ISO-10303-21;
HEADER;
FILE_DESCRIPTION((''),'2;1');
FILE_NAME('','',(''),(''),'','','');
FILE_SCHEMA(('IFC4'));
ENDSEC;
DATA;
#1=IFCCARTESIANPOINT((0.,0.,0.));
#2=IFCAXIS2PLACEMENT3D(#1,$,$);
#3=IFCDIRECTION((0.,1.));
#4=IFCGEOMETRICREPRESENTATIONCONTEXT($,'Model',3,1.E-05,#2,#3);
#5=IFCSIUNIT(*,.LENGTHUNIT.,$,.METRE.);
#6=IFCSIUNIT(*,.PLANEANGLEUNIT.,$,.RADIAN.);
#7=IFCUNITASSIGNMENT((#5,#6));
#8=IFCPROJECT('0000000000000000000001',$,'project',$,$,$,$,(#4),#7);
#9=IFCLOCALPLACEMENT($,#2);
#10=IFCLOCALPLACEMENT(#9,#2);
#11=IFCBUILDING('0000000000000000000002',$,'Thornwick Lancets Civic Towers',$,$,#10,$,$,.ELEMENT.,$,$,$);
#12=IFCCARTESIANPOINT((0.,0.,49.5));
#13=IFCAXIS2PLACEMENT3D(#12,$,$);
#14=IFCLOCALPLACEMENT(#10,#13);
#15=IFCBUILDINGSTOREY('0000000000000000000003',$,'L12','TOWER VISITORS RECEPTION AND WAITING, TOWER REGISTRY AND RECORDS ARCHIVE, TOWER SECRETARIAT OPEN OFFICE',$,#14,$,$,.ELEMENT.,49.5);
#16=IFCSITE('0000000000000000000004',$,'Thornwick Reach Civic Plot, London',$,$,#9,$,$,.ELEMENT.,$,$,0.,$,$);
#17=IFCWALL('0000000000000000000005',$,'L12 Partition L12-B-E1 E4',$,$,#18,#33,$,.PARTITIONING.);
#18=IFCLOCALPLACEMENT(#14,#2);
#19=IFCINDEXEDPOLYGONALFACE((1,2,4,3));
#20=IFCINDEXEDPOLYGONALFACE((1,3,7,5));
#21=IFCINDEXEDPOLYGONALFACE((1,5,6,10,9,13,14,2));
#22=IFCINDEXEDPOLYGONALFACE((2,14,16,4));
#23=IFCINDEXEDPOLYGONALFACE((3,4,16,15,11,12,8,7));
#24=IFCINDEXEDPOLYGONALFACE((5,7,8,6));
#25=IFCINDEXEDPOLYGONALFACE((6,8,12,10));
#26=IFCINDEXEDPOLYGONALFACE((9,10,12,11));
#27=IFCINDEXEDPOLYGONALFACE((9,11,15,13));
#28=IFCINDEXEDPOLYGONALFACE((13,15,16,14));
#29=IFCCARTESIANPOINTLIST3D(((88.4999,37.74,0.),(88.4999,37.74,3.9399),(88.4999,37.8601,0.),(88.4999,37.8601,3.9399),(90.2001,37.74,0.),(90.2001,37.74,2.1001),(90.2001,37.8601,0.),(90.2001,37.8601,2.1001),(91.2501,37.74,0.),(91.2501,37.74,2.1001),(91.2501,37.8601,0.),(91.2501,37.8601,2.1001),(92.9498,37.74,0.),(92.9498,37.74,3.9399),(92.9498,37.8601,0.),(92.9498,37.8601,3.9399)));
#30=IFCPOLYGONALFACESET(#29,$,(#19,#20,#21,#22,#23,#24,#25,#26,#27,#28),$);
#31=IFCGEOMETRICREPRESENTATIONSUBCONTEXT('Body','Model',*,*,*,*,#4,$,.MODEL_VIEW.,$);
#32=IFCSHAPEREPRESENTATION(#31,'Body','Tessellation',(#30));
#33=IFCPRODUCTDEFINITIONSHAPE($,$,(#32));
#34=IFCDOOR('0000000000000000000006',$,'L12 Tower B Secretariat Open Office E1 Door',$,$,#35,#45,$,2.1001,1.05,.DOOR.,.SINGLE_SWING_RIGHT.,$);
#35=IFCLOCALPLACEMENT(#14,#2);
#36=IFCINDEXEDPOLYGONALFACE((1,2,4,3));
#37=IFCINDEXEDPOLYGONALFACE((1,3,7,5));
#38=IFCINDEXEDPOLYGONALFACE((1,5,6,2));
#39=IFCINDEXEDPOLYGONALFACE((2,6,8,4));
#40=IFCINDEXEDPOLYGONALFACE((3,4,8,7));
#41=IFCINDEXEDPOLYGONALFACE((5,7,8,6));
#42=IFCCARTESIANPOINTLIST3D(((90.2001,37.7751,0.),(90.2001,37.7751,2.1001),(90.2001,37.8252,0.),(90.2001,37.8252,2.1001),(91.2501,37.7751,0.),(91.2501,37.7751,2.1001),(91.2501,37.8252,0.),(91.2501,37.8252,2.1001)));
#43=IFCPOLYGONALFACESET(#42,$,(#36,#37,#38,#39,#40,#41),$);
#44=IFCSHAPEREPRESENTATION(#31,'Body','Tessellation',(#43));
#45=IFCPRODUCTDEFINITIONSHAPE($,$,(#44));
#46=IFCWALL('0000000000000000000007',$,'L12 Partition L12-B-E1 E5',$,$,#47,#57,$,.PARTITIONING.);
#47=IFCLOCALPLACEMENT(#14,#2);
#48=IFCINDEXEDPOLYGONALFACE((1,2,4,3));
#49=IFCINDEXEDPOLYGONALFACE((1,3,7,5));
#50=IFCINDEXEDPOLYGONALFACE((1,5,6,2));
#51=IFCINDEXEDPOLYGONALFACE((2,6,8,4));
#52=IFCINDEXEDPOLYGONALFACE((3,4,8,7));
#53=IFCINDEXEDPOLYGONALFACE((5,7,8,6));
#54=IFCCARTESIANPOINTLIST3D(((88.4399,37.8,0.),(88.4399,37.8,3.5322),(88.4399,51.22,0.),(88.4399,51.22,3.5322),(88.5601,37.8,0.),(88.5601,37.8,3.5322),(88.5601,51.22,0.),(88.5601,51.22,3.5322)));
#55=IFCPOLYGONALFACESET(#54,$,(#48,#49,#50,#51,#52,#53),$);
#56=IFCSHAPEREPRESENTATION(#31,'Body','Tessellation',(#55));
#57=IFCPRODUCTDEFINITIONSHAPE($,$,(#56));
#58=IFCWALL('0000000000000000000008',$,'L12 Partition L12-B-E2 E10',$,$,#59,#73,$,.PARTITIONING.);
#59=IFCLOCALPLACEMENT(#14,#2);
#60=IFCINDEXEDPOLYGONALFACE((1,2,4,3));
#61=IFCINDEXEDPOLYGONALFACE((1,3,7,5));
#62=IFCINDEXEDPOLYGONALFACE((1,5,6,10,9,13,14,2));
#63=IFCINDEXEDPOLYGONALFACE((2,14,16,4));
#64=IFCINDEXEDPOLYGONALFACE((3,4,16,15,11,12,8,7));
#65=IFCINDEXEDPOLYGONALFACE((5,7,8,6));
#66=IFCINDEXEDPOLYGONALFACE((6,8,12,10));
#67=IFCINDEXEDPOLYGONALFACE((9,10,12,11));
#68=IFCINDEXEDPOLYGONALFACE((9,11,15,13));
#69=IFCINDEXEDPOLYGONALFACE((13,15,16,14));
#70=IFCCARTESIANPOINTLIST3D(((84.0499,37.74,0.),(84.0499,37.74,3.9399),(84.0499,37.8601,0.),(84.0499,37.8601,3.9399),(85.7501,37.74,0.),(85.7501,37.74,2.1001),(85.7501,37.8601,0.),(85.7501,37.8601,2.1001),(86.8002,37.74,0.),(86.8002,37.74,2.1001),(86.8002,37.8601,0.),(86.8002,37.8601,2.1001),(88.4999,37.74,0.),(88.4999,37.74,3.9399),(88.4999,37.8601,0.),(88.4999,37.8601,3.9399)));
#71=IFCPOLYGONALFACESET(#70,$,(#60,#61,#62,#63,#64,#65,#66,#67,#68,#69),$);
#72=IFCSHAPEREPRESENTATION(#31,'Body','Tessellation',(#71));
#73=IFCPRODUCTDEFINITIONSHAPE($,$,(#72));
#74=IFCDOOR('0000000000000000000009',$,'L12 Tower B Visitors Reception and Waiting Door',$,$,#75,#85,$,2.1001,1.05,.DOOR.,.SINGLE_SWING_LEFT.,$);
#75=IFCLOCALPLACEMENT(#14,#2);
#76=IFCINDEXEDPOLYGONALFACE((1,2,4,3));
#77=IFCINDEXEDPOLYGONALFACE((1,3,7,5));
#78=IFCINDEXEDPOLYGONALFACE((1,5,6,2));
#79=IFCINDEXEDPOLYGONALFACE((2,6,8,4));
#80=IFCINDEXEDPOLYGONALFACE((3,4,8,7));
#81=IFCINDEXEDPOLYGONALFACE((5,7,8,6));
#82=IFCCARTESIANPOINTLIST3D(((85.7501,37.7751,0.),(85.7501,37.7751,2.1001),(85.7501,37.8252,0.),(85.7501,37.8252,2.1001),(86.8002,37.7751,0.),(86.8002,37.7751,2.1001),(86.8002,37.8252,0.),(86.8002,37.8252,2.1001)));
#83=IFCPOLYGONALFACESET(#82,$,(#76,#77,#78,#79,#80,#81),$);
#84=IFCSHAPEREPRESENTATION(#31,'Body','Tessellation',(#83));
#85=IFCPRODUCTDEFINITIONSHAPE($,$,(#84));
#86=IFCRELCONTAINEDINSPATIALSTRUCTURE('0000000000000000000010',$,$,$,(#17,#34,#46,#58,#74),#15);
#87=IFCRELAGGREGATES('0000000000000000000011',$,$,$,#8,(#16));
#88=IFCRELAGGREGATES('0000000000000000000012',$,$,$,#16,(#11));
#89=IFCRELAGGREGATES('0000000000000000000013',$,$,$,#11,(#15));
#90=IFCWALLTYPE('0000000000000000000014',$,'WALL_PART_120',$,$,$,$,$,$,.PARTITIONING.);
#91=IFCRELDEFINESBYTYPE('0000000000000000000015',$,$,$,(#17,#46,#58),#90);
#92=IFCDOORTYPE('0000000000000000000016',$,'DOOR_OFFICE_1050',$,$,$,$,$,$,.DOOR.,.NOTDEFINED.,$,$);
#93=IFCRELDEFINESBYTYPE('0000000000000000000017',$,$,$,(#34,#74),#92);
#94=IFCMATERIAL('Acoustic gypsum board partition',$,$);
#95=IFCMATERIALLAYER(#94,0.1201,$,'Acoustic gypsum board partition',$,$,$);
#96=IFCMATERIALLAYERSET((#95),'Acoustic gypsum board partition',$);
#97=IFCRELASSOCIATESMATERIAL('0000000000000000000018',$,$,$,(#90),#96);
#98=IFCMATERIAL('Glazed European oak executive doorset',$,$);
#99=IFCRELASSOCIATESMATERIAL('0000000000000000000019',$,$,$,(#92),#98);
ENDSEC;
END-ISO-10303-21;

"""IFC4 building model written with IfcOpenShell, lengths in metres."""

from ifc_helpers import new_model, si_unit, direction, frame, frame_2d, origin, place, context, subcontext, project, spatial, rectangle, extrude, material, layer, layer_set, type_object, element, fill, save


model = new_model("IFC4")

# Units and contexts
model_context = context("Model", 3, precision=1e-05, world=origin(), true_north=direction((0.0, 1.0)))
body_context = subcontext(model_context, "Body", "Model", "MODEL_VIEW")
ifc_project = project(units=[si_unit("LENGTHUNIT", "METRE"), si_unit("PLANEANGLEUNIT", "RADIAN")], contexts=[model_context])

# Site, building, storey
site_placement = place(None, origin())
site = spatial("IfcSite", under=ifc_project, at=site_placement, Name="Thornwick Reach Civic Plot, London", CompositionType="ELEMENT", RefElevation=0.0)
building_placement = place(site_placement, origin())
building = spatial("IfcBuilding", under=site, at=building_placement, Name="Thornwick Lancets Civic Towers", CompositionType="ELEMENT")
storey_placement = place(building_placement, frame((0.0, 0.0, 49.5)))
storey = spatial("IfcBuildingStorey", under=building, at=storey_placement, Name="L12", Description="TOWER VISITORS RECEPTION AND WAITING, TOWER REGISTRY AND RECORDS ARCHIVE, TOWER SECRETARIAT OPEN OFFICE", CompositionType="ELEMENT", Elevation=49.5)

# Shared definitions
ifc_material_1 = material(Name="Acoustic gypsum board partition")
ifc_layer_1 = layer(ifc_material_1, 0.1201, Name="Acoustic gypsum board partition")
ifc_layer_set_1 = layer_set([ifc_layer_1], Name="Acoustic gypsum board partition")
wall_type_1 = type_object("IfcWallType", Name="WALL_PART_120", PredefinedType="PARTITIONING", material=ifc_layer_set_1)

# Wall, opening, door
wall_1_placement = place(storey_placement, frame((92.95, 37.8, 0.0), z_axis=(0.0, 0.0, 1.0), x_axis=(-1.0, 0.0, 0.0)))
wall_1 = element("IfcWall", 1, at=wall_1_placement, inside=storey, type_object=wall_type_1, Name="L12 Partition L12-B-E1 E4", PredefinedType="PARTITIONING", context=body_context, shape_type="SweptSolid", body=[
    extrude(rectangle(XDim=4.45, YDim=0.1201, at=frame_2d((2.2251, 0.0))), origin(), (0.0, 0.0, 1.0), 3.9399),
])
opening_1_placement = place(wall_1_placement, frame((1.7, 0.0, 0.0)))
opening_1 = element("IfcOpeningElement", 2, at=opening_1_placement, cuts=wall_1, PredefinedType="OPENING", context=body_context, shape_type="SweptSolid", body=[
    extrude(rectangle(XDim=1.05, YDim=2.1001, at=frame_2d((0.5249, 1.05))), frame((0.0, 0.0701, 0.0), z_axis=(0.0, -1.0, 0.0), x_axis=(1.0, 0.0, 0.0)), (0.0, 0.0, 1.0), 0.1401),
])
ifc_material_2 = material(Name="Glazed European oak executive doorset")
door_type_1 = type_object("IfcDoorType", Name="DOOR_OFFICE_1050", OperationType="NOTDEFINED", PredefinedType="DOOR", material=ifc_material_2)
door_1_placement = place(opening_1_placement, origin())
door_1 = element("IfcDoor", 3, at=door_1_placement, inside=storey, type_object=door_type_1, Name="L12 Tower B Secretariat Open Office E1 Door", OperationType="SINGLE_SWING_RIGHT", OverallHeight=2.1001, OverallWidth=1.05, PredefinedType="DOOR", context=body_context, shape_type="SweptSolid", body=[
    extrude(rectangle(XDim=1.05, YDim=2.1001, at=frame_2d((0.5249, 1.05))), frame((0.0, 0.0249, 0.0), z_axis=(0.0, -1.0, 0.0), x_axis=(1.0, 0.0, 0.0)), (0.0, 0.0, 1.0), 0.05),
])
fill(opening_1, door_1)

# Wall
wall_2_placement = place(storey_placement, frame((88.5, 37.8, 0.0), z_axis=(0.0, 0.0, 1.0), x_axis=(0.0, 1.0, 0.0)))
element("IfcWall", 4, at=wall_2_placement, inside=storey, type_object=wall_type_1, Name="L12 Partition L12-B-E1 E5", PredefinedType="PARTITIONING", context=body_context, shape_type="SweptSolid", body=[
    extrude(rectangle(XDim=13.4199, YDim=0.1201, at=frame_2d((6.71, 0.0))), origin(), (0.0, 0.0, 1.0), 3.5322),
])

# Wall, opening, door
wall_3_placement = place(storey_placement, frame((88.5, 37.8, 0.0), z_axis=(0.0, 0.0, 1.0), x_axis=(-1.0, 0.0, 0.0)))
wall_3 = element("IfcWall", 5, at=wall_3_placement, inside=storey, type_object=wall_type_1, Name="L12 Partition L12-B-E2 E10", PredefinedType="PARTITIONING", context=body_context, shape_type="SweptSolid", body=[
    extrude(rectangle(XDim=4.45, YDim=0.1201, at=frame_2d((2.2251, 0.0))), origin(), (0.0, 0.0, 1.0), 3.9399),
])
opening_2_placement = place(wall_3_placement, frame((1.7, 0.0, 0.0)))
opening_2 = element("IfcOpeningElement", 6, at=opening_2_placement, cuts=wall_3, PredefinedType="OPENING", context=body_context, shape_type="SweptSolid", body=[
    extrude(rectangle(XDim=1.05, YDim=2.1001, at=frame_2d((0.5249, 1.05))), frame((0.0, 0.0701, 0.0), z_axis=(0.0, -1.0, 0.0), x_axis=(1.0, 0.0, 0.0)), (0.0, 0.0, 1.0), 0.1401),
])
door_2_placement = place(opening_2_placement, origin())
door_2 = element("IfcDoor", 7, at=door_2_placement, inside=storey, type_object=door_type_1, Name="L12 Tower B Visitors Reception and Waiting Door", OperationType="SINGLE_SWING_LEFT", OverallHeight=2.1001, OverallWidth=1.05, PredefinedType="DOOR", context=body_context, shape_type="SweptSolid", body=[
    extrude(rectangle(XDim=1.05, YDim=2.1001, at=frame_2d((0.5249, 1.05))), frame((0.0, 0.0249, 0.0), z_axis=(0.0, -1.0, 0.0), x_axis=(1.0, 0.0, 0.0)), (0.0, 0.0, 1.0), 0.05),
])
fill(opening_2, door_2)

save(model, "model.ifc")
